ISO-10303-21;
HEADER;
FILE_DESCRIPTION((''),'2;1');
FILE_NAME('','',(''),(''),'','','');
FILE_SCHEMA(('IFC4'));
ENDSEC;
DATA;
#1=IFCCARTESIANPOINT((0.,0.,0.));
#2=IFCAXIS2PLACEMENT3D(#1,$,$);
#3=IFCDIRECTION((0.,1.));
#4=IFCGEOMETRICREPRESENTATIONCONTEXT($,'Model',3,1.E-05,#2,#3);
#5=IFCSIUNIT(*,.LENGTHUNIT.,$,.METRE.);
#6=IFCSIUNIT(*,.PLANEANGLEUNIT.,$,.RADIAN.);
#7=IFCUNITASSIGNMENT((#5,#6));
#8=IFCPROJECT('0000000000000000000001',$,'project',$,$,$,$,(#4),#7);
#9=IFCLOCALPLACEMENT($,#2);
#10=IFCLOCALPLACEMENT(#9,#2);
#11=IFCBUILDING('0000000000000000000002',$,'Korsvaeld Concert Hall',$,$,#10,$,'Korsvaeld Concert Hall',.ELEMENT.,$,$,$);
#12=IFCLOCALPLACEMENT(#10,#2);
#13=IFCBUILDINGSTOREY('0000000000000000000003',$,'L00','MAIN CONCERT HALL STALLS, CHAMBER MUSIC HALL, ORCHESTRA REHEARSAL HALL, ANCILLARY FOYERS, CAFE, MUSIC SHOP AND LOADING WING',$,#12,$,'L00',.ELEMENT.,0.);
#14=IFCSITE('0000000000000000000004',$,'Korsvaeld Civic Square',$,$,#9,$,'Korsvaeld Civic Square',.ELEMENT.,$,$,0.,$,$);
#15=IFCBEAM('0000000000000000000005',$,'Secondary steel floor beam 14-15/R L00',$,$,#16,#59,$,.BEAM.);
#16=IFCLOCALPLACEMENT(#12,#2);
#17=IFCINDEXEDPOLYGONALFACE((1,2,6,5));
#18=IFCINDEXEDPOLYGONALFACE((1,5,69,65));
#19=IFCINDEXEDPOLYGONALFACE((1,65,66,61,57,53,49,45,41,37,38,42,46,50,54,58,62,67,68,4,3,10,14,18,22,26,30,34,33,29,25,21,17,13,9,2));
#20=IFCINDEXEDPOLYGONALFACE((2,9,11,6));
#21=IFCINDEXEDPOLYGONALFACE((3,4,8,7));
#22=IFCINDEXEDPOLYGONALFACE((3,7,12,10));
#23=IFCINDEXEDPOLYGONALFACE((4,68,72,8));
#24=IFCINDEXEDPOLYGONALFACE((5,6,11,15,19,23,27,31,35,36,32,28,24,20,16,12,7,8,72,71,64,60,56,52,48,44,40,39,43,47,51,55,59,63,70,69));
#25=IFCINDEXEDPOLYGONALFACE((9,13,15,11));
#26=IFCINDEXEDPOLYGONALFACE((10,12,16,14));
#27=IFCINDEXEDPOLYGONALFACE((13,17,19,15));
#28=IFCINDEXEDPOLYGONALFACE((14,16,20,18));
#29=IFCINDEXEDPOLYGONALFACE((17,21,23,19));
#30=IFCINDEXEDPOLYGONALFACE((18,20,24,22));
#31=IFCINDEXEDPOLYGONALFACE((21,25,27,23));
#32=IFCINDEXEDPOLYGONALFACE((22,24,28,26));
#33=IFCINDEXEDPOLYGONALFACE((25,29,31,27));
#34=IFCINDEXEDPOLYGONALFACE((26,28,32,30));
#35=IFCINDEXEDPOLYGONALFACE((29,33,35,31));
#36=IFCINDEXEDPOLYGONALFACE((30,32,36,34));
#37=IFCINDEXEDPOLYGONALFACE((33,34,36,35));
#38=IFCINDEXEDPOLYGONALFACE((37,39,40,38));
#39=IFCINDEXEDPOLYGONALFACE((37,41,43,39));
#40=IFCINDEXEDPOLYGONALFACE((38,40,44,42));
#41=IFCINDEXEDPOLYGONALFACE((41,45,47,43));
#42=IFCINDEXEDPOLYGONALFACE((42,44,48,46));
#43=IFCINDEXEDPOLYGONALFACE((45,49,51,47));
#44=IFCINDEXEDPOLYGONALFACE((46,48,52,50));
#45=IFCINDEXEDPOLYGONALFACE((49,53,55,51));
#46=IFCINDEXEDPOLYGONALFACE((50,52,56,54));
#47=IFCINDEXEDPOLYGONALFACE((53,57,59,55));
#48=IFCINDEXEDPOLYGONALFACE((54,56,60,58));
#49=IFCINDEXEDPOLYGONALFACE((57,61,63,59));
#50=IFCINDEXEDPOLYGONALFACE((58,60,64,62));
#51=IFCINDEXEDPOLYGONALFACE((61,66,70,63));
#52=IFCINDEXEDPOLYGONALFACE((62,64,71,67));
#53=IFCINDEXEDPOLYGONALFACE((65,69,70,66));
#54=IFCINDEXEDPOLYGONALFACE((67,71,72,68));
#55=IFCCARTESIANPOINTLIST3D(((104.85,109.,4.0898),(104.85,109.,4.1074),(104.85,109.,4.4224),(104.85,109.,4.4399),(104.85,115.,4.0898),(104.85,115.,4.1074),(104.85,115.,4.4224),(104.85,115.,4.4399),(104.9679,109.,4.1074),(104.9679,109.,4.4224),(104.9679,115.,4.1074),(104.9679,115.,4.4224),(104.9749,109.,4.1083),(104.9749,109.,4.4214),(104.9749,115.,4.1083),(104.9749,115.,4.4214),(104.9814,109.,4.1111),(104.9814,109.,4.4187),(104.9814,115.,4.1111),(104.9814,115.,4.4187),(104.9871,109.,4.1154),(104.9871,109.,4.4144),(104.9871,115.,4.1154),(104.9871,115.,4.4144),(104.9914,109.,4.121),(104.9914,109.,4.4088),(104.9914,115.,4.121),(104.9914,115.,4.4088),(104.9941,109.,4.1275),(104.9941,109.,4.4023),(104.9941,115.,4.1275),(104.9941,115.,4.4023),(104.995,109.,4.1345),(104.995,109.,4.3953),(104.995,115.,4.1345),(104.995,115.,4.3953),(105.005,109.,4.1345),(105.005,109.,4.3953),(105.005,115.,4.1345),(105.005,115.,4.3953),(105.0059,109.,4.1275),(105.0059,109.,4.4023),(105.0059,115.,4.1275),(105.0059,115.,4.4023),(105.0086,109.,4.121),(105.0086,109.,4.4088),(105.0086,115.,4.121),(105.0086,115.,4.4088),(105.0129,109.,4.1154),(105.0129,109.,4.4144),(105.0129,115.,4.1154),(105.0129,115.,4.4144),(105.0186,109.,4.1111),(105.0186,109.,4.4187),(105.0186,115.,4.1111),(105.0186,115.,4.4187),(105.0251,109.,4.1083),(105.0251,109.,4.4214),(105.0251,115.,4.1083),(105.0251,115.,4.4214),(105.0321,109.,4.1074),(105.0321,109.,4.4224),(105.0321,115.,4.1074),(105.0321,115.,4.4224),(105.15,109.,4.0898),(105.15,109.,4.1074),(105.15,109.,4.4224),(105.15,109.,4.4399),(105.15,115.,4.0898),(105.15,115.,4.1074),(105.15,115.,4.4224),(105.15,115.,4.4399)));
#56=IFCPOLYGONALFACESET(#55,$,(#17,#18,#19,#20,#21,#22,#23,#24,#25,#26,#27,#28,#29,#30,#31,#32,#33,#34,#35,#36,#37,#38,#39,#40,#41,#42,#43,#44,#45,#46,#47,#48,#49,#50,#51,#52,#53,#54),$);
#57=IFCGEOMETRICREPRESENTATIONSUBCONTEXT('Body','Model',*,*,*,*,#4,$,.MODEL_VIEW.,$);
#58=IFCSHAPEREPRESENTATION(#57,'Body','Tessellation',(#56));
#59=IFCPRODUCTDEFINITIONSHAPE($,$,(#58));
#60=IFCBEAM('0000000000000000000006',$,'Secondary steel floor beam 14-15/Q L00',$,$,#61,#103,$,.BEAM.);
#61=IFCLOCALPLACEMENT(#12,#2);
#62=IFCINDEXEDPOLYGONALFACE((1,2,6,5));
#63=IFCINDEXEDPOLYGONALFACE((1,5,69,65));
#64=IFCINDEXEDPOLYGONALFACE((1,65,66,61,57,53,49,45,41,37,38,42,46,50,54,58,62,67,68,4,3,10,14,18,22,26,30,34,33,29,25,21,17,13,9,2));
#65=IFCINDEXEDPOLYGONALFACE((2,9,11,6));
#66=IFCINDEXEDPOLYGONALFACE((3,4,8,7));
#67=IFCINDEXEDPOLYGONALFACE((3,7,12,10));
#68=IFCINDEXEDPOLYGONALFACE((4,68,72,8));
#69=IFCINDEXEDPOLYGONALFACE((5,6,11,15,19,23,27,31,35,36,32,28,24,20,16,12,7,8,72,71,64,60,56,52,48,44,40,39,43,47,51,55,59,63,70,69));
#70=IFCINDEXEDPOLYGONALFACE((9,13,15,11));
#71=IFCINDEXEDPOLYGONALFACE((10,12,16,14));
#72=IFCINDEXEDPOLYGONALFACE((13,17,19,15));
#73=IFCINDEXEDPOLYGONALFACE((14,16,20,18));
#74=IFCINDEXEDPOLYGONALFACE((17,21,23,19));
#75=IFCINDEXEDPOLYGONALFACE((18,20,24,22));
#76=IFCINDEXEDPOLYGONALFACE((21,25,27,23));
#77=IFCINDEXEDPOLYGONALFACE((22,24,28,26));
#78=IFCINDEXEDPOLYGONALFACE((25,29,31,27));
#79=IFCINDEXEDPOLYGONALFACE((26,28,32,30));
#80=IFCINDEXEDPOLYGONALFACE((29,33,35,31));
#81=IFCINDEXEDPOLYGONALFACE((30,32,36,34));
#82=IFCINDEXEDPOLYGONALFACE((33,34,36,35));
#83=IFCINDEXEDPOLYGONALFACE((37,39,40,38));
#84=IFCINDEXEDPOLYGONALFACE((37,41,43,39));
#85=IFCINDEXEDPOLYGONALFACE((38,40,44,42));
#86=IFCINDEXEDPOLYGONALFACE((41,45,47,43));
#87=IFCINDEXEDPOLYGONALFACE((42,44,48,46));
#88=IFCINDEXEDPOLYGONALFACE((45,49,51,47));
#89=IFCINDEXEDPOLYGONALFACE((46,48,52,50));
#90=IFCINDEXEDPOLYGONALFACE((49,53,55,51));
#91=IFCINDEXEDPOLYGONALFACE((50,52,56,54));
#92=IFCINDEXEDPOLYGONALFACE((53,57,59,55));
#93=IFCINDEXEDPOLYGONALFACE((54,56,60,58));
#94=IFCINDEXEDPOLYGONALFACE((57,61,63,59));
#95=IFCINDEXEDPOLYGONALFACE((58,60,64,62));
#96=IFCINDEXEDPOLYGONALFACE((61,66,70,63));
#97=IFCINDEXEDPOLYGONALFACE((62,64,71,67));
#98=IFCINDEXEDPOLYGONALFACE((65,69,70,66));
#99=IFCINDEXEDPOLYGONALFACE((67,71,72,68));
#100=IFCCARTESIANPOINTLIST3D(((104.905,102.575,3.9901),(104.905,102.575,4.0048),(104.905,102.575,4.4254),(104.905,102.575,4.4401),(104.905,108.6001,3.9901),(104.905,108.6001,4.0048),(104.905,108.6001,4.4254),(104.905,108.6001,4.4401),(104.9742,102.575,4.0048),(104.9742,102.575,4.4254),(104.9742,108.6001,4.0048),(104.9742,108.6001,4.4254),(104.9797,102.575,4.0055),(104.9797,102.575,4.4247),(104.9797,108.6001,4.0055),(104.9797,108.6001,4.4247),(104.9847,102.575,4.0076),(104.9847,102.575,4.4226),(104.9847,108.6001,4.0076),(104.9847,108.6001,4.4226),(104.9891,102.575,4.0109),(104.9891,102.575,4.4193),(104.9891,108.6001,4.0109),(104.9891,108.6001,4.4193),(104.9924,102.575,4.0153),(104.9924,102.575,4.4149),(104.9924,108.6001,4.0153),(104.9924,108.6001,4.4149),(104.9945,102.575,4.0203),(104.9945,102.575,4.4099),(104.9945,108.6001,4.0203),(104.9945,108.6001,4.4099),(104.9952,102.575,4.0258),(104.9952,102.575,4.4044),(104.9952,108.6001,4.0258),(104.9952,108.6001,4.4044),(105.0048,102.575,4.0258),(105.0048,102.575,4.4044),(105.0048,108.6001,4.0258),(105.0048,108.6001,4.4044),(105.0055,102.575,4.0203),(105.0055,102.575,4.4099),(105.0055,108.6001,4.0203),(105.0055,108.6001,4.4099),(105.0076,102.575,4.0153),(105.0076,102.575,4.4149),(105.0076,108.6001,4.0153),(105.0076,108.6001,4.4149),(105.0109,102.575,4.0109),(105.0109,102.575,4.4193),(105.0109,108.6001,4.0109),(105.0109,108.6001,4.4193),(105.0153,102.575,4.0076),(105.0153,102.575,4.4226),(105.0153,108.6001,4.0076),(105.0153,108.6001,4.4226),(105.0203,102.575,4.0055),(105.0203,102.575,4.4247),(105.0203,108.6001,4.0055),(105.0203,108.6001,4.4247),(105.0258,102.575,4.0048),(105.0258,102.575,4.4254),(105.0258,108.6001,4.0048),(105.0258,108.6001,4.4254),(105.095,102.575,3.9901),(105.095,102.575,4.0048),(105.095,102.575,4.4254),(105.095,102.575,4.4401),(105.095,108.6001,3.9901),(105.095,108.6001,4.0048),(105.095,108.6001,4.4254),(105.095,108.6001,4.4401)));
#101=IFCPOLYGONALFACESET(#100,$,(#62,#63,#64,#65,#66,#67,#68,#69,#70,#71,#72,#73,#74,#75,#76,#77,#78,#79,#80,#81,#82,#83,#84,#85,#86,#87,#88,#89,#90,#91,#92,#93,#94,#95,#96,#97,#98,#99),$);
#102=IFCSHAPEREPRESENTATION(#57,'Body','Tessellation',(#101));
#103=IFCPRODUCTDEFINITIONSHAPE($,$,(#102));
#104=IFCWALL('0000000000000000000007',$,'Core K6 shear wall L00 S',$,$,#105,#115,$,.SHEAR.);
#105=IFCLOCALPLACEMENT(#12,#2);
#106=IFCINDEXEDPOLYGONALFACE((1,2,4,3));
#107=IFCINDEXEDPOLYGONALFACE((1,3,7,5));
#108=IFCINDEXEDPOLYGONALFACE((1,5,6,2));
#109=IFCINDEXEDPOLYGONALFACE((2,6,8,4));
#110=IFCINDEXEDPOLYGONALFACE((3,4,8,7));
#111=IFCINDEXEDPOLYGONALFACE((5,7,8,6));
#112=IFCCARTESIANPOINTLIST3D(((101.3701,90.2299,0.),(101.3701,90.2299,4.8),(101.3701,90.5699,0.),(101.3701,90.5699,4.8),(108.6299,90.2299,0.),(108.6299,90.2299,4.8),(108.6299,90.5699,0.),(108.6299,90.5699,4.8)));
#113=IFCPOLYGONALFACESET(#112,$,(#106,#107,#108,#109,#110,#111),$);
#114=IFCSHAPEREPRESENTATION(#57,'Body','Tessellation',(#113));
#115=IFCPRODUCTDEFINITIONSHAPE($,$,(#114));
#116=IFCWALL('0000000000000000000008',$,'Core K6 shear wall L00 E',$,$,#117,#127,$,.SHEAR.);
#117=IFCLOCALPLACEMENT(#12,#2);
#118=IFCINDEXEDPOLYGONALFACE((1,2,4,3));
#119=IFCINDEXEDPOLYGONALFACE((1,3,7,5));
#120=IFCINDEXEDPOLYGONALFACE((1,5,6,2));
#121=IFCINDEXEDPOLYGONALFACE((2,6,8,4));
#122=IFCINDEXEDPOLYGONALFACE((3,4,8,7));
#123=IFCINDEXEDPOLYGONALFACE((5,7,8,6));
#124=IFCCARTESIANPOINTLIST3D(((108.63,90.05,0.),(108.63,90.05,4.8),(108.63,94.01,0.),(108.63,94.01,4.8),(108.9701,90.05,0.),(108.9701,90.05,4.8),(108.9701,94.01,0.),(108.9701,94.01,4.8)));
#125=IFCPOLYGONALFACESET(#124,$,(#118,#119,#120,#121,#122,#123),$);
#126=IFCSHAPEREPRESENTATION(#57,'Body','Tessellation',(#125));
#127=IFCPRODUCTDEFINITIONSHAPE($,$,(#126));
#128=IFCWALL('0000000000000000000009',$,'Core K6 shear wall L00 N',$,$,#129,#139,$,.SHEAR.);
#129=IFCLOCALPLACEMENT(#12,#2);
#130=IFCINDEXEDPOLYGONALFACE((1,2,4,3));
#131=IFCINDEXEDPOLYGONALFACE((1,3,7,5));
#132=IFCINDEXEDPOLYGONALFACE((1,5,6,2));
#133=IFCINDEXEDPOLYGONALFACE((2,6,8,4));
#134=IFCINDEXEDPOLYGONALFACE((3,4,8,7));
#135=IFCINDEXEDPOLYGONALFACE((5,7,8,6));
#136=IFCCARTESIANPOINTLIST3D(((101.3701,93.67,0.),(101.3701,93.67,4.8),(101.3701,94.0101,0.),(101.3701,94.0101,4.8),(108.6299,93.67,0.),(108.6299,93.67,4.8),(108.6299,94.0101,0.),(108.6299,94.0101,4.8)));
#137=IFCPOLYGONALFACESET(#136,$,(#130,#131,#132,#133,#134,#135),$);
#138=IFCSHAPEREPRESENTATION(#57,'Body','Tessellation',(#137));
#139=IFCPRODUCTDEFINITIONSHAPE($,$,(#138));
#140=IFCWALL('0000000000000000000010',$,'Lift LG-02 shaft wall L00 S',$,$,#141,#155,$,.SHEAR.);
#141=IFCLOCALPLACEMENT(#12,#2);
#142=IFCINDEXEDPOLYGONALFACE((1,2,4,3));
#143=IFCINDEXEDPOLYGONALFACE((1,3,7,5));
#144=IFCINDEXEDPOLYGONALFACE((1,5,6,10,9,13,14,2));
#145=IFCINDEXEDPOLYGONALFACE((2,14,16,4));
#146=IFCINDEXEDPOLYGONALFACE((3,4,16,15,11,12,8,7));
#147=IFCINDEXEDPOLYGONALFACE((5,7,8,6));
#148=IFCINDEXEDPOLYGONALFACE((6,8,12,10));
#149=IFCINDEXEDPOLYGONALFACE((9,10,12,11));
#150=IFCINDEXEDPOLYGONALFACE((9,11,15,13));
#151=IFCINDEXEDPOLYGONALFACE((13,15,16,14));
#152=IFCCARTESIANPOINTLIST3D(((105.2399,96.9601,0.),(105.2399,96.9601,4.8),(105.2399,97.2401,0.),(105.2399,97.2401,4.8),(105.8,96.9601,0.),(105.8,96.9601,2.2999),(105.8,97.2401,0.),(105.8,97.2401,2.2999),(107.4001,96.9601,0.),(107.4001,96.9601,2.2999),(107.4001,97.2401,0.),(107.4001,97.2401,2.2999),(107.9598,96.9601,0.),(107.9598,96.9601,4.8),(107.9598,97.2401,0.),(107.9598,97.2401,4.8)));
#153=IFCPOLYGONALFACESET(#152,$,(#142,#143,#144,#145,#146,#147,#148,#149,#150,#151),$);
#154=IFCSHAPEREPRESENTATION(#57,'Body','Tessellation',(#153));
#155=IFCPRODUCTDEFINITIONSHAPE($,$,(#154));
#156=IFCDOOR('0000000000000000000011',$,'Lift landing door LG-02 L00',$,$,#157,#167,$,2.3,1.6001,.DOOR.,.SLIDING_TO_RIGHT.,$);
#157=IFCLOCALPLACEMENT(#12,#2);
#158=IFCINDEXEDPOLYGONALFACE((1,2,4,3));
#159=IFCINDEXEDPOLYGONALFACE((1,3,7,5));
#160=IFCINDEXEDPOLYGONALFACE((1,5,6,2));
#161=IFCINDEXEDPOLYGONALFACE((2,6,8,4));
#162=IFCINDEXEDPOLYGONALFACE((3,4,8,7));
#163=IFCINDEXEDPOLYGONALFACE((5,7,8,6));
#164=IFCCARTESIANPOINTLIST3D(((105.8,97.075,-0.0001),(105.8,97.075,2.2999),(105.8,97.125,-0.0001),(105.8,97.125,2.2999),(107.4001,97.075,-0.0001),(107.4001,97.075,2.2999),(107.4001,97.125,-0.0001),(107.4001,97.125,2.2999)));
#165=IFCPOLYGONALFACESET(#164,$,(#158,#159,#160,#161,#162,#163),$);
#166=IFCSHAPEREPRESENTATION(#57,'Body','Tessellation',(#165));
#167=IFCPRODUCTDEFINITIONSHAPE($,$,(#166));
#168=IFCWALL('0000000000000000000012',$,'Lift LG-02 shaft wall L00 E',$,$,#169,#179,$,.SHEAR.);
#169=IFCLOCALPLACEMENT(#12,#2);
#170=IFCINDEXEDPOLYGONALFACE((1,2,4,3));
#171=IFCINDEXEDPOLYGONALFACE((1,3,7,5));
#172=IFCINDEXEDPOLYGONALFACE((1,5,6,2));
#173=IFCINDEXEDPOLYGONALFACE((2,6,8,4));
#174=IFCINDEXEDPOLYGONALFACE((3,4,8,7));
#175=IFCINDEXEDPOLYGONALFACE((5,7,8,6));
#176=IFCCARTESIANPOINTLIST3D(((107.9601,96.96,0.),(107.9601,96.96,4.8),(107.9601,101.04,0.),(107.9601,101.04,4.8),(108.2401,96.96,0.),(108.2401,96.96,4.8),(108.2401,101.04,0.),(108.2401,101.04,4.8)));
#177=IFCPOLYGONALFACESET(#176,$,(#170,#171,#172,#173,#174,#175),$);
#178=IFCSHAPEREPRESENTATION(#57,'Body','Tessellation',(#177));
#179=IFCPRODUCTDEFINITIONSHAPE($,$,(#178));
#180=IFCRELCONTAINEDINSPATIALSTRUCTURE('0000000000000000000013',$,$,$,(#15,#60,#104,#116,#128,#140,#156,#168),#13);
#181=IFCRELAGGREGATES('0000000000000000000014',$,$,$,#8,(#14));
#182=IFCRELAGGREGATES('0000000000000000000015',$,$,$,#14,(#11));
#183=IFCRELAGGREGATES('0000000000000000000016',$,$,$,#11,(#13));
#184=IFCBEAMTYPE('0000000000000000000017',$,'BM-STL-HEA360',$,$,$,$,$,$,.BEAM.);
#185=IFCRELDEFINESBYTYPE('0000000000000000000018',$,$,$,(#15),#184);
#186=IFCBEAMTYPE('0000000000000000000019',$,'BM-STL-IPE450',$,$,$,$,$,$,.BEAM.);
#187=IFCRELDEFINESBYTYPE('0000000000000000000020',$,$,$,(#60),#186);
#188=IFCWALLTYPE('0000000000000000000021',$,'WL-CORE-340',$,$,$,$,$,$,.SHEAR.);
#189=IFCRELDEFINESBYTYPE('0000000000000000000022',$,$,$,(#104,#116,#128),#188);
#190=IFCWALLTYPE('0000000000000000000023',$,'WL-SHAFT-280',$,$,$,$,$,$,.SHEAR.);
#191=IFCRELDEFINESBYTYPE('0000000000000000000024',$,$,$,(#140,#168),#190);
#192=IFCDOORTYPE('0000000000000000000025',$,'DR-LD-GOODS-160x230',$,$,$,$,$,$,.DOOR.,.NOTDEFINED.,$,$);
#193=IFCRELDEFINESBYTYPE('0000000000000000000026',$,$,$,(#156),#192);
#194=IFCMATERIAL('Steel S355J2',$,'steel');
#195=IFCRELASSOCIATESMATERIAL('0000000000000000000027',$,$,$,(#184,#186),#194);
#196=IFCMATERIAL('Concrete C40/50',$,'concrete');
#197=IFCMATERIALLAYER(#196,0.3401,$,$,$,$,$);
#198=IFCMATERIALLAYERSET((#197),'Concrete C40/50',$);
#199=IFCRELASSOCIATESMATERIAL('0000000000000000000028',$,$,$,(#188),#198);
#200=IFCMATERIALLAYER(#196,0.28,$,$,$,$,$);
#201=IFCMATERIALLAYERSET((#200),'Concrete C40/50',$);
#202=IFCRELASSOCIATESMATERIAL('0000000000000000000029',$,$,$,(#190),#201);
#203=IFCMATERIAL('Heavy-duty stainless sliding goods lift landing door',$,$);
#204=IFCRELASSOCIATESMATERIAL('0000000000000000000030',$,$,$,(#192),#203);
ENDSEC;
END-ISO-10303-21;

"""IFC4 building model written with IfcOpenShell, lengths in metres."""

from ifc_helpers import new_model, si_unit, direction, frame, frame_2d, origin, origin_2d, place, context, subcontext, project, spatial, rectangle, i_section, extrude, material, layer, layer_set, material_profile, profile_set, type_object, element, fill, save


model = new_model("IFC4")

# Units and contexts
model_context = context("Model", 3, precision=1e-05, world=origin(), true_north=direction((0.0, 1.0)))
body_context = subcontext(model_context, "Body", "Model", "MODEL_VIEW")
ifc_project = project(units=[si_unit("LENGTHUNIT", "METRE"), si_unit("PLANEANGLEUNIT", "RADIAN")], contexts=[model_context])

# Site, building, storey
site_placement = place(None, origin())
site = spatial("IfcSite", under=ifc_project, at=site_placement, Name="Korsvaeld Civic Square", LongName="Korsvaeld Civic Square", CompositionType="ELEMENT", RefElevation=0.0)
building_placement = place(site_placement, origin())
building = spatial("IfcBuilding", under=site, at=building_placement, Name="Korsvaeld Concert Hall", LongName="Korsvaeld Concert Hall", CompositionType="ELEMENT")
storey_placement = place(building_placement, origin())
storey = spatial("IfcBuildingStorey", under=building, at=storey_placement, Name="L00", Description="MAIN CONCERT HALL STALLS, CHAMBER MUSIC HALL, ORCHESTRA REHEARSAL HALL, ANCILLARY FOYERS, CAFE, MUSIC SHOP AND LOADING WING", LongName="L00", CompositionType="ELEMENT", Elevation=0.0)

# Shared definitions
ifc_material_1 = material(Name="Concrete C40/50", Category="concrete")

# Beams
ifc_material_2 = material(Name="Steel S355J2", Category="steel")
ifc_material_profile_1 = material_profile(ifc_material_2, i_section(OverallWidth=0.3, OverallDepth=0.3501, WebThickness=0.01, FlangeThickness=0.0176, FilletRadius=0.0271, at=origin_2d()), Name="HEA 360")
ifc_profile_set_1 = profile_set([ifc_material_profile_1], Name="Steel S355J2")
beam_type_1 = type_object("IfcBeamType", Name="BM-STL-HEA360", PredefinedType="BEAM", material=ifc_profile_set_1)
beam_1_placement = place(storey_placement, frame((105.0, 109.0, 4.2649), z_axis=(0.0, 1.0, 0.0), x_axis=(-1.0, 0.0, 0.0)))
element("IfcBeam", 1, at=beam_1_placement, inside=storey, type_object=beam_type_1, Name="Secondary steel floor beam 14-15/R L00", PredefinedType="BEAM", context=body_context, shape_type="SweptSolid", body=[
    extrude(i_section(OverallWidth=0.3, OverallDepth=0.3501, WebThickness=0.01, FlangeThickness=0.0176, FilletRadius=0.0271, at=origin_2d()), origin(), (0.0, 0.0, 1.0), 6.0),
])
ifc_material_profile_2 = material_profile(ifc_material_2, i_section(OverallWidth=0.1899, OverallDepth=0.45, WebThickness=0.0095, FlangeThickness=0.0146, FilletRadius=0.021, at=origin_2d()), Name="IPE 450")
ifc_profile_set_2 = profile_set([ifc_material_profile_2], Name="Steel S355J2")
beam_type_2 = type_object("IfcBeamType", Name="BM-STL-IPE450", PredefinedType="BEAM", material=ifc_profile_set_2)
beam_2_placement = place(storey_placement, frame((105.0, 102.575, 4.2151), z_axis=(0.0, 1.0, 0.0), x_axis=(-1.0, 0.0, 0.0)))
element("IfcBeam", 2, at=beam_2_placement, inside=storey, type_object=beam_type_2, Name="Secondary steel floor beam 14-15/Q L00", PredefinedType="BEAM", context=body_context, shape_type="SweptSolid", body=[
    extrude(i_section(OverallWidth=0.1899, OverallDepth=0.45, WebThickness=0.0095, FlangeThickness=0.0146, FilletRadius=0.021, at=origin_2d()), origin(), (0.0, 0.0, 1.0), 6.0251),
])

# Walls
ifc_layer_1 = layer(ifc_material_1, 0.3401)
ifc_layer_set_1 = layer_set([ifc_layer_1], Name="Concrete C40/50")
wall_type_1 = type_object("IfcWallType", Name="WL-CORE-340", PredefinedType="SHEAR", material=ifc_layer_set_1)
wall_1_placement = place(storey_placement, frame((101.3701, 90.3999, 0.0), z_axis=(0.0, 0.0, 1.0), x_axis=(1.0, 0.0, 0.0)))
element("IfcWall", 3, at=wall_1_placement, inside=storey, type_object=wall_type_1, Name="Core K6 shear wall L00 S", PredefinedType="SHEAR", context=body_context, shape_type="SweptSolid", body=[
    extrude(rectangle(XDim=7.2598, YDim=0.3401, at=frame_2d((3.6299, 0.0))), origin(), (0.0, 0.0, 1.0), 4.8),
])
wall_2_placement = place(storey_placement, frame((108.8, 90.05, 0.0), z_axis=(0.0, 0.0, 1.0), x_axis=(0.0, 1.0, 0.0)))
element("IfcWall", 4, at=wall_2_placement, inside=storey, type_object=wall_type_1, Name="Core K6 shear wall L00 E", PredefinedType="SHEAR", context=body_context, shape_type="SweptSolid", body=[
    extrude(rectangle(XDim=3.96, YDim=0.3401, at=frame_2d((1.98, 0.0))), origin(), (0.0, 0.0, 1.0), 4.8),
])
wall_3_placement = place(storey_placement, frame((108.6299, 93.8401, 0.0), z_axis=(0.0, 0.0, 1.0), x_axis=(-1.0, 0.0, 0.0)))
element("IfcWall", 5, at=wall_3_placement, inside=storey, type_object=wall_type_1, Name="Core K6 shear wall L00 N", PredefinedType="SHEAR", context=body_context, shape_type="SweptSolid", body=[
    extrude(rectangle(XDim=7.2598, YDim=0.3401, at=frame_2d((3.6299, 0.0))), origin(), (0.0, 0.0, 1.0), 4.8),
])

# Wall, opening, door
ifc_layer_2 = layer(ifc_material_1, 0.28)
ifc_layer_set_2 = layer_set([ifc_layer_2], Name="Concrete C40/50")
wall_type_2 = type_object("IfcWallType", Name="WL-SHAFT-280", PredefinedType="SHEAR", material=ifc_layer_set_2)
wall_4_placement = place(storey_placement, frame((105.24, 97.1001, 0.0), z_axis=(0.0, 0.0, 1.0), x_axis=(1.0, 0.0, 0.0)))
wall_4 = element("IfcWall", 6, at=wall_4_placement, inside=storey, type_object=wall_type_2, Name="Lift LG-02 shaft wall L00 S", PredefinedType="SHEAR", context=body_context, shape_type="SweptSolid", body=[
    extrude(rectangle(XDim=2.72, YDim=0.28, at=frame_2d((1.3599, 0.0))), origin(), (0.0, 0.0, 1.0), 4.8),
])
opening_1_placement = place(wall_4_placement, frame((0.5601, 0.0, 0.0)))
opening_1 = element("IfcOpeningElement", 7, at=opening_1_placement, cuts=wall_4, PredefinedType="OPENING", context=body_context, shape_type="SweptSolid", body=[
    extrude(rectangle(XDim=1.6001, YDim=2.3, at=frame_2d((0.8, 1.1499))), frame((0.0, 0.1499, 0.0), z_axis=(0.0, -1.0, 0.0), x_axis=(1.0, 0.0, 0.0)), (0.0, 0.0, 1.0), 0.3),
])
ifc_material_3 = material(Name="Heavy-duty stainless sliding goods lift landing door")
door_type_1 = type_object("IfcDoorType", Name="DR-LD-GOODS-160x230", OperationType="NOTDEFINED", PredefinedType="DOOR", material=ifc_material_3)
door_1_placement = place(opening_1_placement, origin())
door_1 = element("IfcDoor", 8, at=door_1_placement, inside=storey, type_object=door_type_1, Name="Lift landing door LG-02 L00", OperationType="SLIDING_TO_RIGHT", OverallHeight=2.3, OverallWidth=1.6001, PredefinedType="DOOR", context=body_context, shape_type="SweptSolid", body=[
    extrude(rectangle(XDim=1.6001, YDim=2.3, at=frame_2d((0.8, 1.1499))), frame((0.0, 0.0249, 0.0), z_axis=(0.0, -1.0, 0.0), x_axis=(1.0, 0.0, 0.0)), (0.0, 0.0, 1.0), 0.05),
])
fill(opening_1, door_1)

# Wall
wall_5_placement = place(storey_placement, frame((108.1001, 96.96, 0.0), z_axis=(0.0, 0.0, 1.0), x_axis=(0.0, 1.0, 0.0)))
element("IfcWall", 9, at=wall_5_placement, inside=storey, type_object=wall_type_2, Name="Lift LG-02 shaft wall L00 E", PredefinedType="SHEAR", context=body_context, shape_type="SweptSolid", body=[
    extrude(rectangle(XDim=4.0801, YDim=0.28, at=frame_2d((2.04, 0.0))), origin(), (0.0, 0.0, 1.0), 4.8),
])

save(model, "model.ifc")
